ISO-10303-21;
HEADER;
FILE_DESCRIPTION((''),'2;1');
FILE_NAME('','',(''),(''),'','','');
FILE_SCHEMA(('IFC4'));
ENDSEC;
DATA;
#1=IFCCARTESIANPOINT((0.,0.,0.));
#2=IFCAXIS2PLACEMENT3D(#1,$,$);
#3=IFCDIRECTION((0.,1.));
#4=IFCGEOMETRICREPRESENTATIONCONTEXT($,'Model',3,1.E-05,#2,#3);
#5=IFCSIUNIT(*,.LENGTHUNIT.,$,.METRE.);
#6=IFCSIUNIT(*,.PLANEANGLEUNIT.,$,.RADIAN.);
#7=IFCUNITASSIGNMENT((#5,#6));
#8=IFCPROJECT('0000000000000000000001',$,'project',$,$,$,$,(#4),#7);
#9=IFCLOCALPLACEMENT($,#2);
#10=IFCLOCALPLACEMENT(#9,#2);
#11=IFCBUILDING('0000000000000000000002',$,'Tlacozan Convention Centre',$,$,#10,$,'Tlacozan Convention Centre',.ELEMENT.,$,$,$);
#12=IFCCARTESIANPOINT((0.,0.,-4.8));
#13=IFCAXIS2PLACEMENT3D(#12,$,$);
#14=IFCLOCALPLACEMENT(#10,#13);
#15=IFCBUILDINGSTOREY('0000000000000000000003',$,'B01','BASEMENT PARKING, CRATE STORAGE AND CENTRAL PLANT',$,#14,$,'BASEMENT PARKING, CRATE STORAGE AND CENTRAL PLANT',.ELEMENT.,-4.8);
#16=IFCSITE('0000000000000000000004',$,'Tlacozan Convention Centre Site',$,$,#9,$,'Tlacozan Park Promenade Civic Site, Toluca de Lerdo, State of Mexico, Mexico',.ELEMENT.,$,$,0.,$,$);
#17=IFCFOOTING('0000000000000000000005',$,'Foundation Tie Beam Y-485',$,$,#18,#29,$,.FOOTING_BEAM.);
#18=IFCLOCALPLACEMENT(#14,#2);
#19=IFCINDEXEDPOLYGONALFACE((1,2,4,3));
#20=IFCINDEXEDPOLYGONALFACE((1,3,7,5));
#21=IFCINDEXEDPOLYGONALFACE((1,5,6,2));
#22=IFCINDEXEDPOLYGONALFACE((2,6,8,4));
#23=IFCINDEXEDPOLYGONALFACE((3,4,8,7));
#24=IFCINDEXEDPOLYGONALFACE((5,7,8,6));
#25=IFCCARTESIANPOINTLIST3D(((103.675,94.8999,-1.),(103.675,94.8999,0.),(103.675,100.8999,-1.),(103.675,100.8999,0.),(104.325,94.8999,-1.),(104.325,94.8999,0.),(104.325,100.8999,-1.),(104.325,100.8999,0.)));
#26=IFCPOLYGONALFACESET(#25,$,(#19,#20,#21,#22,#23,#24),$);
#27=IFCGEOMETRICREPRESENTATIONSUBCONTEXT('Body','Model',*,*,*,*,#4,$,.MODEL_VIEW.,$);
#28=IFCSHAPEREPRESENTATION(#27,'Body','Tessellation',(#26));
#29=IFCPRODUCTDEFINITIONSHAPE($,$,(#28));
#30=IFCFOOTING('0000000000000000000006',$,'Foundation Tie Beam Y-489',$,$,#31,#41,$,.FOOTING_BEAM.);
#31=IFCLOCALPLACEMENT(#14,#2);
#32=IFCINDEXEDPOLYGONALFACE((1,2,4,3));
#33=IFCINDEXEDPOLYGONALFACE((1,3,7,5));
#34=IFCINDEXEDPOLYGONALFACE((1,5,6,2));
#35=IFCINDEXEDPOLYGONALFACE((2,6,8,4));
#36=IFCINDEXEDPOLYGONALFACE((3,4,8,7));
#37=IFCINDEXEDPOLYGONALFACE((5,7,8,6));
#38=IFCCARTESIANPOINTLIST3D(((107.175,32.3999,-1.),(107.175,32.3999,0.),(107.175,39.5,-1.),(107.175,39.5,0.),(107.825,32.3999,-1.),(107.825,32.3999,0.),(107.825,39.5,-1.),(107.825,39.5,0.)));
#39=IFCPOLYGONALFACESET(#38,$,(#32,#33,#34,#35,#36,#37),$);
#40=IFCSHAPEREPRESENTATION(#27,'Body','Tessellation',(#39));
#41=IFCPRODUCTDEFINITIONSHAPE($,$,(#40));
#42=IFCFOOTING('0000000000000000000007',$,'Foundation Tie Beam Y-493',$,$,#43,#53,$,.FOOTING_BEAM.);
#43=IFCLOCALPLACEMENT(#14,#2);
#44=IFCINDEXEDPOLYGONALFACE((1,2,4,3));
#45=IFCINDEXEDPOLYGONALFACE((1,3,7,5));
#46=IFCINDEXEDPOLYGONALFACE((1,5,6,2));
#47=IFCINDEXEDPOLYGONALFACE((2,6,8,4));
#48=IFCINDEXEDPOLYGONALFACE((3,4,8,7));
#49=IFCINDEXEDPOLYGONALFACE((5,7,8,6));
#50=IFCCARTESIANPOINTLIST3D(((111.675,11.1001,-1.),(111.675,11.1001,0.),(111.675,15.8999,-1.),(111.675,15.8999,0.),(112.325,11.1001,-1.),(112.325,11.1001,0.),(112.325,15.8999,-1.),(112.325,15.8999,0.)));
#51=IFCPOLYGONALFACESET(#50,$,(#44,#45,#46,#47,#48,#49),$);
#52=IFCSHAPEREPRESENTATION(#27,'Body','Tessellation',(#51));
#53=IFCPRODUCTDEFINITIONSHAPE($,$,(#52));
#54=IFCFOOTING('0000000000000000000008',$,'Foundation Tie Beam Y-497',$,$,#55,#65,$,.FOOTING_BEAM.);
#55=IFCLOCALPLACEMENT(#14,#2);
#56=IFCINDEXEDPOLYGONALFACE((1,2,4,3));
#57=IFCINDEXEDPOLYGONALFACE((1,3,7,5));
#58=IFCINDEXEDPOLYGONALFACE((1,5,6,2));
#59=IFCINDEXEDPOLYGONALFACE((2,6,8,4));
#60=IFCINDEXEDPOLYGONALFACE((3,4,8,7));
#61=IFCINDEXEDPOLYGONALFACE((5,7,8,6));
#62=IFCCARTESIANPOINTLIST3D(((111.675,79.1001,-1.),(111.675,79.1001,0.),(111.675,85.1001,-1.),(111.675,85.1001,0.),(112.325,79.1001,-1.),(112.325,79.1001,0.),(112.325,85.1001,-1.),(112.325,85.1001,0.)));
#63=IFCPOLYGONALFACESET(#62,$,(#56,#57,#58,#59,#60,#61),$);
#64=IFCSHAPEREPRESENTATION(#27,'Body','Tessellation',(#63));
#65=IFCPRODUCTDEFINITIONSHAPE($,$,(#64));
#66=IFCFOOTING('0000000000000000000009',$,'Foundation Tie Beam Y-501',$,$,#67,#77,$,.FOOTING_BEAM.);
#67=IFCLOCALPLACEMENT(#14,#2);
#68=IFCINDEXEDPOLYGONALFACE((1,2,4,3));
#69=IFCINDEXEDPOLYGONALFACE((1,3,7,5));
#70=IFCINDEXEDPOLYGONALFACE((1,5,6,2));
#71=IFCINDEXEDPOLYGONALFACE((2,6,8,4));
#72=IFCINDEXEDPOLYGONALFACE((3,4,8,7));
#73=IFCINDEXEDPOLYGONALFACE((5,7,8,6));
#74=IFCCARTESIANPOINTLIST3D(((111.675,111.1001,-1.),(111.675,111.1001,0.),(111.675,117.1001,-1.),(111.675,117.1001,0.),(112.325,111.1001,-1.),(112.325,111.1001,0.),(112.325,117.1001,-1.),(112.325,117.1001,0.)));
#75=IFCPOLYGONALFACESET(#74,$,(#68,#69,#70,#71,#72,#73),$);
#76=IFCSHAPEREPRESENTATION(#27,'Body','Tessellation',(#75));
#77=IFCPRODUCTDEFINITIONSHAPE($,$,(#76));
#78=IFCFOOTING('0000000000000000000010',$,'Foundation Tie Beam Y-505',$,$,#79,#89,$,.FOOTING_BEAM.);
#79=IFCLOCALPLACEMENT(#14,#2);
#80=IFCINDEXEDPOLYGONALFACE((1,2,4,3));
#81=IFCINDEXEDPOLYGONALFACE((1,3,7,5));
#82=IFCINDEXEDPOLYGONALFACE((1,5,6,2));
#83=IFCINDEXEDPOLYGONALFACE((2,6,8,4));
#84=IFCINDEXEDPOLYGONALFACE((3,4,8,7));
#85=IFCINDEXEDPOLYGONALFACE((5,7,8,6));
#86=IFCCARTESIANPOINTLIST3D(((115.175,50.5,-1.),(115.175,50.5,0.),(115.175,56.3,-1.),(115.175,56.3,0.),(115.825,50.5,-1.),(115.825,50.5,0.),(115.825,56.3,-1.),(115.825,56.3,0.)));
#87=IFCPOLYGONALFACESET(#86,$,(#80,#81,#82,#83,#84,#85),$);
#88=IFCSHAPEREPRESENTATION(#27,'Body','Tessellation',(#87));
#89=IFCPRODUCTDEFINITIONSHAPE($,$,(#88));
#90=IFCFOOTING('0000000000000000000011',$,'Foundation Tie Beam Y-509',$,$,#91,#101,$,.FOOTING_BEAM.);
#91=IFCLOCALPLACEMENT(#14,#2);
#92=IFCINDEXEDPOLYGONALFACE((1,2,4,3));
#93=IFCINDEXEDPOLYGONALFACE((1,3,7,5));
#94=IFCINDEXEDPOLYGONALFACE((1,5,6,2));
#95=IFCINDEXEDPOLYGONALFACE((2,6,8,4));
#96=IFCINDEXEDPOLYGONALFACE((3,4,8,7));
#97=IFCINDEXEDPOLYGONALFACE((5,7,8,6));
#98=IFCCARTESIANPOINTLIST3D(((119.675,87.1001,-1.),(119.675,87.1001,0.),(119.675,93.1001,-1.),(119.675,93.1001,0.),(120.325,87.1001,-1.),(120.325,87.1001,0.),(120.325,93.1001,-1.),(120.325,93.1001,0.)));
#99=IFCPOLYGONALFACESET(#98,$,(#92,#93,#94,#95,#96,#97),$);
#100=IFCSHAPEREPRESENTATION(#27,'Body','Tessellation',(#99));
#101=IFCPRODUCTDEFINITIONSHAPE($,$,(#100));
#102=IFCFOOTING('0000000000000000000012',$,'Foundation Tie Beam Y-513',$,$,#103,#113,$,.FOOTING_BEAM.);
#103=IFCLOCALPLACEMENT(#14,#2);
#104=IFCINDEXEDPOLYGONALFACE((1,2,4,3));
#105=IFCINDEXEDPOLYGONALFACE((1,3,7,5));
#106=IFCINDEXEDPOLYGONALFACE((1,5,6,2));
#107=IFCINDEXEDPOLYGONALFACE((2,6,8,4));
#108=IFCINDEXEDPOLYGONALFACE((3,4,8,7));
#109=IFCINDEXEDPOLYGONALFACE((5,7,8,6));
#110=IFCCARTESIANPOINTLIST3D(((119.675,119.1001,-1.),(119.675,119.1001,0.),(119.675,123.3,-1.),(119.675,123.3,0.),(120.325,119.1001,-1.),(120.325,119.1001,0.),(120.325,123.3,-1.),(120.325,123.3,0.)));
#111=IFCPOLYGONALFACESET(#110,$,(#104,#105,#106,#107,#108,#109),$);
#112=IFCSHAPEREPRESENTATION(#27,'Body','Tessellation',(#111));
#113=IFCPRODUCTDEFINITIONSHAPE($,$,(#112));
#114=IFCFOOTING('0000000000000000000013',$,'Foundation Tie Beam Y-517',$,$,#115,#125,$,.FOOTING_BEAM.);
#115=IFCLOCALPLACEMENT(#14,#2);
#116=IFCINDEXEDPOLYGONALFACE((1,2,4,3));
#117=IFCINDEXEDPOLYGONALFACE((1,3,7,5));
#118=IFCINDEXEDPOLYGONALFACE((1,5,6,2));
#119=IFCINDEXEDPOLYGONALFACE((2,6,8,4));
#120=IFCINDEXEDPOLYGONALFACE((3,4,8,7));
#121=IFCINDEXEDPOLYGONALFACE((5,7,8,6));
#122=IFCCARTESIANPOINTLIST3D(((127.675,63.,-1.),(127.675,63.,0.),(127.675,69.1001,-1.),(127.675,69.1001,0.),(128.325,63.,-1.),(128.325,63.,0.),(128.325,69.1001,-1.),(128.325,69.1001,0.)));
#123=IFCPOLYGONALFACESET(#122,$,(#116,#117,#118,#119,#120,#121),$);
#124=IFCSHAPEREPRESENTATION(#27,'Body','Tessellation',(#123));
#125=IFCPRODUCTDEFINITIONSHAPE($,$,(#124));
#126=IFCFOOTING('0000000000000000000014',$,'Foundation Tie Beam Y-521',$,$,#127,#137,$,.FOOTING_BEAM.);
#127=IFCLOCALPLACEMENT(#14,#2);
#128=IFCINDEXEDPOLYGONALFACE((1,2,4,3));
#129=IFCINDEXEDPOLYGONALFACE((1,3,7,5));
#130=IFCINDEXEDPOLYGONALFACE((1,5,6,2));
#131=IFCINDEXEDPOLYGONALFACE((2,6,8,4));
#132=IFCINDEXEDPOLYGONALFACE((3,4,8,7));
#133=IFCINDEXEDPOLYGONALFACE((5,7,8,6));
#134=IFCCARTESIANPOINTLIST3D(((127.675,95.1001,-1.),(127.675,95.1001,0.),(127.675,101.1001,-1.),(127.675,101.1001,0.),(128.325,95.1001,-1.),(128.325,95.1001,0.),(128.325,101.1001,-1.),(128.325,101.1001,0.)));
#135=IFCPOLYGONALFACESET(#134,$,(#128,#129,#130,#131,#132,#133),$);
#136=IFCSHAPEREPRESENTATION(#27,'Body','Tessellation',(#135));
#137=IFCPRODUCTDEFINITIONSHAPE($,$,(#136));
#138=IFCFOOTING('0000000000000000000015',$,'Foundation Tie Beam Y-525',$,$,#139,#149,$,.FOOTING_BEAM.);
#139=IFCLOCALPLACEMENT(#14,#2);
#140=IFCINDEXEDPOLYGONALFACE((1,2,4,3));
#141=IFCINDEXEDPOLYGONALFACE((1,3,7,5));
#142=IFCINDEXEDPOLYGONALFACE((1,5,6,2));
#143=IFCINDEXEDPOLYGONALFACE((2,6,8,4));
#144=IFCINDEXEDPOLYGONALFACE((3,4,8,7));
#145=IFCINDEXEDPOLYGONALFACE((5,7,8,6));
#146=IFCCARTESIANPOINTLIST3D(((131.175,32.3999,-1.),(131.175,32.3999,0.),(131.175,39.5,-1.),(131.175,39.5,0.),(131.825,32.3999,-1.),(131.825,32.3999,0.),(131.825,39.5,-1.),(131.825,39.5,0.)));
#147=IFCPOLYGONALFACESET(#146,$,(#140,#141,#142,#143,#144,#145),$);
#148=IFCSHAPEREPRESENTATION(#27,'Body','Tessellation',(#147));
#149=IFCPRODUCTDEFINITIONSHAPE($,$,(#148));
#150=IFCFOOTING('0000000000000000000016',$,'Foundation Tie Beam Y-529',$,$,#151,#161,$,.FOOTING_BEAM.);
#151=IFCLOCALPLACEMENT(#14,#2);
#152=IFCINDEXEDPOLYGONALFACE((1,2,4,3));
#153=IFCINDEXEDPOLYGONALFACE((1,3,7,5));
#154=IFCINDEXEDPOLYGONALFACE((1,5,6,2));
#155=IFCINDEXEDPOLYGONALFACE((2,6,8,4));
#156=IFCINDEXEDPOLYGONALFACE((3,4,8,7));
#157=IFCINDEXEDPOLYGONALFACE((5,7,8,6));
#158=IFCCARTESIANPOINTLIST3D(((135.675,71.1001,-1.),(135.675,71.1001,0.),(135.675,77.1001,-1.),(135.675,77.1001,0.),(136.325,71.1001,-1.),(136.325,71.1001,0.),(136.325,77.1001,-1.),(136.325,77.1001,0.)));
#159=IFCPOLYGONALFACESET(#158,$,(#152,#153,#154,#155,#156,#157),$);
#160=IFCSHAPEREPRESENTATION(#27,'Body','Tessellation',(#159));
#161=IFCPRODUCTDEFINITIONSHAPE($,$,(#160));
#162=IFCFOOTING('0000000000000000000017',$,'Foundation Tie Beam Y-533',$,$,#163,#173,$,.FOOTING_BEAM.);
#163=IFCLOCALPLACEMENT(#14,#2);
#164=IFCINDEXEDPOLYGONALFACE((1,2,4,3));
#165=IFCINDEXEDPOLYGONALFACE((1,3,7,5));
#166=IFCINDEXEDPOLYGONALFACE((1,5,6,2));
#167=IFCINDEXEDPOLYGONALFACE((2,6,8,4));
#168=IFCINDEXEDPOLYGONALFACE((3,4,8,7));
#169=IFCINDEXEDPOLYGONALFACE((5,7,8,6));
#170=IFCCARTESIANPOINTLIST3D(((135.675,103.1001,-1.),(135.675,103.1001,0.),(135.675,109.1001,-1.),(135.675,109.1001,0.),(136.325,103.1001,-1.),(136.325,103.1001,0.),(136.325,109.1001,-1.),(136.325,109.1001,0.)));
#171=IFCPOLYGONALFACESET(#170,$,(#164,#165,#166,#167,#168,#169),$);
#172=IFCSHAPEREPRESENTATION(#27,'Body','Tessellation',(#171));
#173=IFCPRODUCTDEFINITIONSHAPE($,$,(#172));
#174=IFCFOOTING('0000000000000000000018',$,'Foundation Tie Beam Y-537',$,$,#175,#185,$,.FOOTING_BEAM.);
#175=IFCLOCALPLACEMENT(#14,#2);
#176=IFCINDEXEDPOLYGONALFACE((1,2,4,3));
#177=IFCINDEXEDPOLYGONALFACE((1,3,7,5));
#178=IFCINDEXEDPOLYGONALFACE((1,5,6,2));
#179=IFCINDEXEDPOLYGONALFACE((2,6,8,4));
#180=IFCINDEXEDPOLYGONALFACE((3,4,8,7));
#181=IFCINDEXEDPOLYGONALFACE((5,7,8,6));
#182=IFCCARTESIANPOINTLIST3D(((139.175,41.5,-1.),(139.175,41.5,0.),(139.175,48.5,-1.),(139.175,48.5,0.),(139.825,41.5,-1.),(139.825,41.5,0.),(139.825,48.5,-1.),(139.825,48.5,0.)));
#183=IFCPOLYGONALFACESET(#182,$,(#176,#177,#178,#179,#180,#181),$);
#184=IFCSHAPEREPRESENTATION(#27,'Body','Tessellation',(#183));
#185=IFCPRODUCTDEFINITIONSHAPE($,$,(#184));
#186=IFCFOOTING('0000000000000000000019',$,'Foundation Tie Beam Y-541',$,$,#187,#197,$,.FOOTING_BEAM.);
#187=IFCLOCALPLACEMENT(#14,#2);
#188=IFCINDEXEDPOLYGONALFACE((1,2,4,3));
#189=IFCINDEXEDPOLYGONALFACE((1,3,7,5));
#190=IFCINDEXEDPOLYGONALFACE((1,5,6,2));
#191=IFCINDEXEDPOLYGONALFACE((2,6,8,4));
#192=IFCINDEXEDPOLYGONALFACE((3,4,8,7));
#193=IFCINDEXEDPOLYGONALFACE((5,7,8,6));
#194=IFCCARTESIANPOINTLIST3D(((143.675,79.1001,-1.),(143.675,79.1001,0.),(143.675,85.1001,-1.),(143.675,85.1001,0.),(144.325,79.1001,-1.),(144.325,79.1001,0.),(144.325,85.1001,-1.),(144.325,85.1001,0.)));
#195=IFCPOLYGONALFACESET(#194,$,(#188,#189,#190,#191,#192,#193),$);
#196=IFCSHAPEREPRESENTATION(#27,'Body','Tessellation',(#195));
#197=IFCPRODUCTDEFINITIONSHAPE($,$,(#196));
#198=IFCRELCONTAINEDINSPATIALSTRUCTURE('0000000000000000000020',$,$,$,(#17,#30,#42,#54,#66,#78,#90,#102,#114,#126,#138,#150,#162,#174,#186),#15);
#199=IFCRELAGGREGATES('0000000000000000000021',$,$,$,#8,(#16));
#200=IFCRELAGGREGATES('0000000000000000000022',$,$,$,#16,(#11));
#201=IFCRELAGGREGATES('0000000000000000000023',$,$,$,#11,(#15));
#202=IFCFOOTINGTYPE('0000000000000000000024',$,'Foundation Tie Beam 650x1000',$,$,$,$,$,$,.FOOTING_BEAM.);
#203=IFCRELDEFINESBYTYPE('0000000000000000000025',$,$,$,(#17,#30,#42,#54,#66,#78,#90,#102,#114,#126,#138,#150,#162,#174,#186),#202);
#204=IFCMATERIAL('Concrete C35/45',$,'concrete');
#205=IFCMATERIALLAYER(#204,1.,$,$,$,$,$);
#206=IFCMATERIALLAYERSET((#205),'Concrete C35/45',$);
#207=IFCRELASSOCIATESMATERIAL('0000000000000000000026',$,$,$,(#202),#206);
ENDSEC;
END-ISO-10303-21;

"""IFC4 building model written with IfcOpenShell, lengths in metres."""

from ifc_helpers import new_model, si_unit, direction, frame, origin, place, context, subcontext, project, spatial, polyline, outline, extrude, material, layer, layer_set, type_object, element, save


model = new_model("IFC4")

# Units and contexts
model_context = context("Model", 3, precision=1e-05, world=origin(), true_north=direction((0.0, 1.0)))
body_context = subcontext(model_context, "Body", "Model", "MODEL_VIEW")
ifc_project = project(units=[si_unit("LENGTHUNIT", "METRE"), si_unit("PLANEANGLEUNIT", "RADIAN")], contexts=[model_context])

# Site, building, storey
site_placement = place(None, origin())
site = spatial("IfcSite", under=ifc_project, at=site_placement, Name="Tlacozan Convention Centre Site", LongName="Tlacozan Park Promenade Civic Site, Toluca de Lerdo, State of Mexico, Mexico", CompositionType="ELEMENT", RefElevation=0.0)
building_placement = place(site_placement, origin())
building = spatial("IfcBuilding", under=site, at=building_placement, Name="Tlacozan Convention Centre", LongName="Tlacozan Convention Centre", CompositionType="ELEMENT")
storey_placement = place(building_placement, frame((0.0, 0.0, -4.8)))
storey = spatial("IfcBuildingStorey", under=building, at=storey_placement, Name="B01", Description="BASEMENT PARKING, CRATE STORAGE AND CENTRAL PLANT", LongName="BASEMENT PARKING, CRATE STORAGE AND CENTRAL PLANT", CompositionType="ELEMENT", Elevation=-4.8)

# Footings
ifc_material = material(Name="Concrete C35/45", Category="concrete")
ifc_layer = layer(ifc_material, 1.0)
ifc_layer_set = layer_set([ifc_layer], Name="Concrete C35/45")
footing_type = type_object("IfcFootingType", Name="Foundation Tie Beam 650x1000", PredefinedType="FOOTING_BEAM", material=ifc_layer_set)
footing_1_placement = place(storey_placement, frame((0.0, 0.0, -1.0)))
element("IfcFooting", 1, at=footing_1_placement, inside=storey, type_object=footing_type, Name="Foundation Tie Beam Y-485", PredefinedType="FOOTING_BEAM", context=body_context, shape_type="SweptSolid", body=[
    extrude(outline(polyline([(103.675, 94.8999), (104.325, 94.8999), (104.325, 100.8999), (103.675, 100.8999), (103.675, 94.8999)])), origin(), (0.0, 0.0, 1.0), 1.0),
])
footing_2_placement = place(storey_placement, frame((0.0, 0.0, -1.0)))
element("IfcFooting", 2, at=footing_2_placement, inside=storey, type_object=footing_type, Name="Foundation Tie Beam Y-489", PredefinedType="FOOTING_BEAM", context=body_context, shape_type="SweptSolid", body=[
    extrude(outline(polyline([(107.175, 32.3999), (107.825, 32.3999), (107.825, 39.5), (107.175, 39.5), (107.175, 32.3999)])), origin(), (0.0, 0.0, 1.0), 1.0),
])
footing_3_placement = place(storey_placement, frame((0.0, 0.0, -1.0)))
element("IfcFooting", 3, at=footing_3_placement, inside=storey, type_object=footing_type, Name="Foundation Tie Beam Y-493", PredefinedType="FOOTING_BEAM", context=body_context, shape_type="SweptSolid", body=[
    extrude(outline(polyline([(111.675, 11.1001), (112.325, 11.1001), (112.325, 15.8999), (111.675, 15.8999), (111.675, 11.1001)])), origin(), (0.0, 0.0, 1.0), 1.0),
])
footing_4_placement = place(storey_placement, frame((0.0, 0.0, -1.0)))
element("IfcFooting", 4, at=footing_4_placement, inside=storey, type_object=footing_type, Name="Foundation Tie Beam Y-497", PredefinedType="FOOTING_BEAM", context=body_context, shape_type="SweptSolid", body=[
    extrude(outline(polyline([(111.675, 79.1001), (112.325, 79.1001), (112.325, 85.1001), (111.675, 85.1001), (111.675, 79.1001)])), origin(), (0.0, 0.0, 1.0), 1.0),
])
footing_5_placement = place(storey_placement, frame((0.0, 0.0, -1.0)))
element("IfcFooting", 5, at=footing_5_placement, inside=storey, type_object=footing_type, Name="Foundation Tie Beam Y-501", PredefinedType="FOOTING_BEAM", context=body_context, shape_type="SweptSolid", body=[
    extrude(outline(polyline([(111.675, 111.1001), (112.325, 111.1001), (112.325, 117.1001), (111.675, 117.1001), (111.675, 111.1001)])), origin(), (0.0, 0.0, 1.0), 1.0),
])
footing_6_placement = place(storey_placement, frame((0.0, 0.0, -1.0)))
element("IfcFooting", 6, at=footing_6_placement, inside=storey, type_object=footing_type, Name="Foundation Tie Beam Y-505", PredefinedType="FOOTING_BEAM", context=body_context, shape_type="SweptSolid", body=[
    extrude(outline(polyline([(115.175, 50.5), (115.825, 50.5), (115.825, 56.3), (115.175, 56.3), (115.175, 50.5)])), origin(), (0.0, 0.0, 1.0), 1.0),
])
footing_7_placement = place(storey_placement, frame((0.0, 0.0, -1.0)))
element("IfcFooting", 7, at=footing_7_placement, inside=storey, type_object=footing_type, Name="Foundation Tie Beam Y-509", PredefinedType="FOOTING_BEAM", context=body_context, shape_type="SweptSolid", body=[
    extrude(outline(polyline([(119.675, 87.1001), (120.325, 87.1001), (120.325, 93.1001), (119.675, 93.1001), (119.675, 87.1001)])), origin(), (0.0, 0.0, 1.0), 1.0),
])
footing_8_placement = place(storey_placement, frame((0.0, 0.0, -1.0)))
element("IfcFooting", 8, at=footing_8_placement, inside=storey, type_object=footing_type, Name="Foundation Tie Beam Y-513", PredefinedType="FOOTING_BEAM", context=body_context, shape_type="SweptSolid", body=[
    extrude(outline(polyline([(119.675, 119.1001), (120.325, 119.1001), (120.325, 123.3), (119.675, 123.3), (119.675, 119.1001)])), origin(), (0.0, 0.0, 1.0), 1.0),
])
footing_9_placement = place(storey_placement, frame((0.0, 0.0, -1.0)))
element("IfcFooting", 9, at=footing_9_placement, inside=storey, type_object=footing_type, Name="Foundation Tie Beam Y-517", PredefinedType="FOOTING_BEAM", context=body_context, shape_type="SweptSolid", body=[
    extrude(outline(polyline([(127.675, 63.0), (128.325, 63.0), (128.325, 69.1001), (127.675, 69.1001), (127.675, 63.0)])), origin(), (0.0, 0.0, 1.0), 1.0),
])
footing_10_placement = place(storey_placement, frame((0.0, 0.0, -1.0)))
element("IfcFooting", 10, at=footing_10_placement, inside=storey, type_object=footing_type, Name="Foundation Tie Beam Y-521", PredefinedType="FOOTING_BEAM", context=body_context, shape_type="SweptSolid", body=[
    extrude(outline(polyline([(127.675, 95.1001), (128.325, 95.1001), (128.325, 101.1001), (127.675, 101.1001), (127.675, 95.1001)])), origin(), (0.0, 0.0, 1.0), 1.0),
])
footing_11_placement = place(storey_placement, frame((0.0, 0.0, -1.0)))
element("IfcFooting", 11, at=footing_11_placement, inside=storey, type_object=footing_type, Name="Foundation Tie Beam Y-525", PredefinedType="FOOTING_BEAM", context=body_context, shape_type="SweptSolid", body=[
    extrude(outline(polyline([(131.175, 32.3999), (131.825, 32.3999), (131.825, 39.5), (131.175, 39.5), (131.175, 32.3999)])), origin(), (0.0, 0.0, 1.0), 1.0),
])
footing_12_placement = place(storey_placement, frame((0.0, 0.0, -1.0)))
element("IfcFooting", 12, at=footing_12_placement, inside=storey, type_object=footing_type, Name="Foundation Tie Beam Y-529", PredefinedType="FOOTING_BEAM", context=body_context, shape_type="SweptSolid", body=[
    extrude(outline(polyline([(135.675, 71.1001), (136.325, 71.1001), (136.325, 77.1001), (135.675, 77.1001), (135.675, 71.1001)])), origin(), (0.0, 0.0, 1.0), 1.0),
])
footing_13_placement = place(storey_placement, frame((0.0, 0.0, -1.0)))
element("IfcFooting", 13, at=footing_13_placement, inside=storey, type_object=footing_type, Name="Foundation Tie Beam Y-533", PredefinedType="FOOTING_BEAM", context=body_context, shape_type="SweptSolid", body=[
    extrude(outline(polyline([(135.675, 103.1001), (136.325, 103.1001), (136.325, 109.1001), (135.675, 109.1001), (135.675, 103.1001)])), origin(), (0.0, 0.0, 1.0), 1.0),
])
footing_14_placement = place(storey_placement, frame((0.0, 0.0, -1.0)))
element("IfcFooting", 14, at=footing_14_placement, inside=storey, type_object=footing_type, Name="Foundation Tie Beam Y-537", PredefinedType="FOOTING_BEAM", context=body_context, shape_type="SweptSolid", body=[
    extrude(outline(polyline([(139.175, 41.5), (139.825, 41.5), (139.825, 48.5), (139.175, 48.5), (139.175, 41.5)])), origin(), (0.0, 0.0, 1.0), 1.0),
])
footing_15_placement = place(storey_placement, frame((0.0, 0.0, -1.0)))
element("IfcFooting", 15, at=footing_15_placement, inside=storey, type_object=footing_type, Name="Foundation Tie Beam Y-541", PredefinedType="FOOTING_BEAM", context=body_context, shape_type="SweptSolid", body=[
    extrude(outline(polyline([(143.675, 79.1001), (144.325, 79.1001), (144.325, 85.1001), (143.675, 85.1001), (143.675, 79.1001)])), origin(), (0.0, 0.0, 1.0), 1.0),
])

save(model, "model.ifc")
